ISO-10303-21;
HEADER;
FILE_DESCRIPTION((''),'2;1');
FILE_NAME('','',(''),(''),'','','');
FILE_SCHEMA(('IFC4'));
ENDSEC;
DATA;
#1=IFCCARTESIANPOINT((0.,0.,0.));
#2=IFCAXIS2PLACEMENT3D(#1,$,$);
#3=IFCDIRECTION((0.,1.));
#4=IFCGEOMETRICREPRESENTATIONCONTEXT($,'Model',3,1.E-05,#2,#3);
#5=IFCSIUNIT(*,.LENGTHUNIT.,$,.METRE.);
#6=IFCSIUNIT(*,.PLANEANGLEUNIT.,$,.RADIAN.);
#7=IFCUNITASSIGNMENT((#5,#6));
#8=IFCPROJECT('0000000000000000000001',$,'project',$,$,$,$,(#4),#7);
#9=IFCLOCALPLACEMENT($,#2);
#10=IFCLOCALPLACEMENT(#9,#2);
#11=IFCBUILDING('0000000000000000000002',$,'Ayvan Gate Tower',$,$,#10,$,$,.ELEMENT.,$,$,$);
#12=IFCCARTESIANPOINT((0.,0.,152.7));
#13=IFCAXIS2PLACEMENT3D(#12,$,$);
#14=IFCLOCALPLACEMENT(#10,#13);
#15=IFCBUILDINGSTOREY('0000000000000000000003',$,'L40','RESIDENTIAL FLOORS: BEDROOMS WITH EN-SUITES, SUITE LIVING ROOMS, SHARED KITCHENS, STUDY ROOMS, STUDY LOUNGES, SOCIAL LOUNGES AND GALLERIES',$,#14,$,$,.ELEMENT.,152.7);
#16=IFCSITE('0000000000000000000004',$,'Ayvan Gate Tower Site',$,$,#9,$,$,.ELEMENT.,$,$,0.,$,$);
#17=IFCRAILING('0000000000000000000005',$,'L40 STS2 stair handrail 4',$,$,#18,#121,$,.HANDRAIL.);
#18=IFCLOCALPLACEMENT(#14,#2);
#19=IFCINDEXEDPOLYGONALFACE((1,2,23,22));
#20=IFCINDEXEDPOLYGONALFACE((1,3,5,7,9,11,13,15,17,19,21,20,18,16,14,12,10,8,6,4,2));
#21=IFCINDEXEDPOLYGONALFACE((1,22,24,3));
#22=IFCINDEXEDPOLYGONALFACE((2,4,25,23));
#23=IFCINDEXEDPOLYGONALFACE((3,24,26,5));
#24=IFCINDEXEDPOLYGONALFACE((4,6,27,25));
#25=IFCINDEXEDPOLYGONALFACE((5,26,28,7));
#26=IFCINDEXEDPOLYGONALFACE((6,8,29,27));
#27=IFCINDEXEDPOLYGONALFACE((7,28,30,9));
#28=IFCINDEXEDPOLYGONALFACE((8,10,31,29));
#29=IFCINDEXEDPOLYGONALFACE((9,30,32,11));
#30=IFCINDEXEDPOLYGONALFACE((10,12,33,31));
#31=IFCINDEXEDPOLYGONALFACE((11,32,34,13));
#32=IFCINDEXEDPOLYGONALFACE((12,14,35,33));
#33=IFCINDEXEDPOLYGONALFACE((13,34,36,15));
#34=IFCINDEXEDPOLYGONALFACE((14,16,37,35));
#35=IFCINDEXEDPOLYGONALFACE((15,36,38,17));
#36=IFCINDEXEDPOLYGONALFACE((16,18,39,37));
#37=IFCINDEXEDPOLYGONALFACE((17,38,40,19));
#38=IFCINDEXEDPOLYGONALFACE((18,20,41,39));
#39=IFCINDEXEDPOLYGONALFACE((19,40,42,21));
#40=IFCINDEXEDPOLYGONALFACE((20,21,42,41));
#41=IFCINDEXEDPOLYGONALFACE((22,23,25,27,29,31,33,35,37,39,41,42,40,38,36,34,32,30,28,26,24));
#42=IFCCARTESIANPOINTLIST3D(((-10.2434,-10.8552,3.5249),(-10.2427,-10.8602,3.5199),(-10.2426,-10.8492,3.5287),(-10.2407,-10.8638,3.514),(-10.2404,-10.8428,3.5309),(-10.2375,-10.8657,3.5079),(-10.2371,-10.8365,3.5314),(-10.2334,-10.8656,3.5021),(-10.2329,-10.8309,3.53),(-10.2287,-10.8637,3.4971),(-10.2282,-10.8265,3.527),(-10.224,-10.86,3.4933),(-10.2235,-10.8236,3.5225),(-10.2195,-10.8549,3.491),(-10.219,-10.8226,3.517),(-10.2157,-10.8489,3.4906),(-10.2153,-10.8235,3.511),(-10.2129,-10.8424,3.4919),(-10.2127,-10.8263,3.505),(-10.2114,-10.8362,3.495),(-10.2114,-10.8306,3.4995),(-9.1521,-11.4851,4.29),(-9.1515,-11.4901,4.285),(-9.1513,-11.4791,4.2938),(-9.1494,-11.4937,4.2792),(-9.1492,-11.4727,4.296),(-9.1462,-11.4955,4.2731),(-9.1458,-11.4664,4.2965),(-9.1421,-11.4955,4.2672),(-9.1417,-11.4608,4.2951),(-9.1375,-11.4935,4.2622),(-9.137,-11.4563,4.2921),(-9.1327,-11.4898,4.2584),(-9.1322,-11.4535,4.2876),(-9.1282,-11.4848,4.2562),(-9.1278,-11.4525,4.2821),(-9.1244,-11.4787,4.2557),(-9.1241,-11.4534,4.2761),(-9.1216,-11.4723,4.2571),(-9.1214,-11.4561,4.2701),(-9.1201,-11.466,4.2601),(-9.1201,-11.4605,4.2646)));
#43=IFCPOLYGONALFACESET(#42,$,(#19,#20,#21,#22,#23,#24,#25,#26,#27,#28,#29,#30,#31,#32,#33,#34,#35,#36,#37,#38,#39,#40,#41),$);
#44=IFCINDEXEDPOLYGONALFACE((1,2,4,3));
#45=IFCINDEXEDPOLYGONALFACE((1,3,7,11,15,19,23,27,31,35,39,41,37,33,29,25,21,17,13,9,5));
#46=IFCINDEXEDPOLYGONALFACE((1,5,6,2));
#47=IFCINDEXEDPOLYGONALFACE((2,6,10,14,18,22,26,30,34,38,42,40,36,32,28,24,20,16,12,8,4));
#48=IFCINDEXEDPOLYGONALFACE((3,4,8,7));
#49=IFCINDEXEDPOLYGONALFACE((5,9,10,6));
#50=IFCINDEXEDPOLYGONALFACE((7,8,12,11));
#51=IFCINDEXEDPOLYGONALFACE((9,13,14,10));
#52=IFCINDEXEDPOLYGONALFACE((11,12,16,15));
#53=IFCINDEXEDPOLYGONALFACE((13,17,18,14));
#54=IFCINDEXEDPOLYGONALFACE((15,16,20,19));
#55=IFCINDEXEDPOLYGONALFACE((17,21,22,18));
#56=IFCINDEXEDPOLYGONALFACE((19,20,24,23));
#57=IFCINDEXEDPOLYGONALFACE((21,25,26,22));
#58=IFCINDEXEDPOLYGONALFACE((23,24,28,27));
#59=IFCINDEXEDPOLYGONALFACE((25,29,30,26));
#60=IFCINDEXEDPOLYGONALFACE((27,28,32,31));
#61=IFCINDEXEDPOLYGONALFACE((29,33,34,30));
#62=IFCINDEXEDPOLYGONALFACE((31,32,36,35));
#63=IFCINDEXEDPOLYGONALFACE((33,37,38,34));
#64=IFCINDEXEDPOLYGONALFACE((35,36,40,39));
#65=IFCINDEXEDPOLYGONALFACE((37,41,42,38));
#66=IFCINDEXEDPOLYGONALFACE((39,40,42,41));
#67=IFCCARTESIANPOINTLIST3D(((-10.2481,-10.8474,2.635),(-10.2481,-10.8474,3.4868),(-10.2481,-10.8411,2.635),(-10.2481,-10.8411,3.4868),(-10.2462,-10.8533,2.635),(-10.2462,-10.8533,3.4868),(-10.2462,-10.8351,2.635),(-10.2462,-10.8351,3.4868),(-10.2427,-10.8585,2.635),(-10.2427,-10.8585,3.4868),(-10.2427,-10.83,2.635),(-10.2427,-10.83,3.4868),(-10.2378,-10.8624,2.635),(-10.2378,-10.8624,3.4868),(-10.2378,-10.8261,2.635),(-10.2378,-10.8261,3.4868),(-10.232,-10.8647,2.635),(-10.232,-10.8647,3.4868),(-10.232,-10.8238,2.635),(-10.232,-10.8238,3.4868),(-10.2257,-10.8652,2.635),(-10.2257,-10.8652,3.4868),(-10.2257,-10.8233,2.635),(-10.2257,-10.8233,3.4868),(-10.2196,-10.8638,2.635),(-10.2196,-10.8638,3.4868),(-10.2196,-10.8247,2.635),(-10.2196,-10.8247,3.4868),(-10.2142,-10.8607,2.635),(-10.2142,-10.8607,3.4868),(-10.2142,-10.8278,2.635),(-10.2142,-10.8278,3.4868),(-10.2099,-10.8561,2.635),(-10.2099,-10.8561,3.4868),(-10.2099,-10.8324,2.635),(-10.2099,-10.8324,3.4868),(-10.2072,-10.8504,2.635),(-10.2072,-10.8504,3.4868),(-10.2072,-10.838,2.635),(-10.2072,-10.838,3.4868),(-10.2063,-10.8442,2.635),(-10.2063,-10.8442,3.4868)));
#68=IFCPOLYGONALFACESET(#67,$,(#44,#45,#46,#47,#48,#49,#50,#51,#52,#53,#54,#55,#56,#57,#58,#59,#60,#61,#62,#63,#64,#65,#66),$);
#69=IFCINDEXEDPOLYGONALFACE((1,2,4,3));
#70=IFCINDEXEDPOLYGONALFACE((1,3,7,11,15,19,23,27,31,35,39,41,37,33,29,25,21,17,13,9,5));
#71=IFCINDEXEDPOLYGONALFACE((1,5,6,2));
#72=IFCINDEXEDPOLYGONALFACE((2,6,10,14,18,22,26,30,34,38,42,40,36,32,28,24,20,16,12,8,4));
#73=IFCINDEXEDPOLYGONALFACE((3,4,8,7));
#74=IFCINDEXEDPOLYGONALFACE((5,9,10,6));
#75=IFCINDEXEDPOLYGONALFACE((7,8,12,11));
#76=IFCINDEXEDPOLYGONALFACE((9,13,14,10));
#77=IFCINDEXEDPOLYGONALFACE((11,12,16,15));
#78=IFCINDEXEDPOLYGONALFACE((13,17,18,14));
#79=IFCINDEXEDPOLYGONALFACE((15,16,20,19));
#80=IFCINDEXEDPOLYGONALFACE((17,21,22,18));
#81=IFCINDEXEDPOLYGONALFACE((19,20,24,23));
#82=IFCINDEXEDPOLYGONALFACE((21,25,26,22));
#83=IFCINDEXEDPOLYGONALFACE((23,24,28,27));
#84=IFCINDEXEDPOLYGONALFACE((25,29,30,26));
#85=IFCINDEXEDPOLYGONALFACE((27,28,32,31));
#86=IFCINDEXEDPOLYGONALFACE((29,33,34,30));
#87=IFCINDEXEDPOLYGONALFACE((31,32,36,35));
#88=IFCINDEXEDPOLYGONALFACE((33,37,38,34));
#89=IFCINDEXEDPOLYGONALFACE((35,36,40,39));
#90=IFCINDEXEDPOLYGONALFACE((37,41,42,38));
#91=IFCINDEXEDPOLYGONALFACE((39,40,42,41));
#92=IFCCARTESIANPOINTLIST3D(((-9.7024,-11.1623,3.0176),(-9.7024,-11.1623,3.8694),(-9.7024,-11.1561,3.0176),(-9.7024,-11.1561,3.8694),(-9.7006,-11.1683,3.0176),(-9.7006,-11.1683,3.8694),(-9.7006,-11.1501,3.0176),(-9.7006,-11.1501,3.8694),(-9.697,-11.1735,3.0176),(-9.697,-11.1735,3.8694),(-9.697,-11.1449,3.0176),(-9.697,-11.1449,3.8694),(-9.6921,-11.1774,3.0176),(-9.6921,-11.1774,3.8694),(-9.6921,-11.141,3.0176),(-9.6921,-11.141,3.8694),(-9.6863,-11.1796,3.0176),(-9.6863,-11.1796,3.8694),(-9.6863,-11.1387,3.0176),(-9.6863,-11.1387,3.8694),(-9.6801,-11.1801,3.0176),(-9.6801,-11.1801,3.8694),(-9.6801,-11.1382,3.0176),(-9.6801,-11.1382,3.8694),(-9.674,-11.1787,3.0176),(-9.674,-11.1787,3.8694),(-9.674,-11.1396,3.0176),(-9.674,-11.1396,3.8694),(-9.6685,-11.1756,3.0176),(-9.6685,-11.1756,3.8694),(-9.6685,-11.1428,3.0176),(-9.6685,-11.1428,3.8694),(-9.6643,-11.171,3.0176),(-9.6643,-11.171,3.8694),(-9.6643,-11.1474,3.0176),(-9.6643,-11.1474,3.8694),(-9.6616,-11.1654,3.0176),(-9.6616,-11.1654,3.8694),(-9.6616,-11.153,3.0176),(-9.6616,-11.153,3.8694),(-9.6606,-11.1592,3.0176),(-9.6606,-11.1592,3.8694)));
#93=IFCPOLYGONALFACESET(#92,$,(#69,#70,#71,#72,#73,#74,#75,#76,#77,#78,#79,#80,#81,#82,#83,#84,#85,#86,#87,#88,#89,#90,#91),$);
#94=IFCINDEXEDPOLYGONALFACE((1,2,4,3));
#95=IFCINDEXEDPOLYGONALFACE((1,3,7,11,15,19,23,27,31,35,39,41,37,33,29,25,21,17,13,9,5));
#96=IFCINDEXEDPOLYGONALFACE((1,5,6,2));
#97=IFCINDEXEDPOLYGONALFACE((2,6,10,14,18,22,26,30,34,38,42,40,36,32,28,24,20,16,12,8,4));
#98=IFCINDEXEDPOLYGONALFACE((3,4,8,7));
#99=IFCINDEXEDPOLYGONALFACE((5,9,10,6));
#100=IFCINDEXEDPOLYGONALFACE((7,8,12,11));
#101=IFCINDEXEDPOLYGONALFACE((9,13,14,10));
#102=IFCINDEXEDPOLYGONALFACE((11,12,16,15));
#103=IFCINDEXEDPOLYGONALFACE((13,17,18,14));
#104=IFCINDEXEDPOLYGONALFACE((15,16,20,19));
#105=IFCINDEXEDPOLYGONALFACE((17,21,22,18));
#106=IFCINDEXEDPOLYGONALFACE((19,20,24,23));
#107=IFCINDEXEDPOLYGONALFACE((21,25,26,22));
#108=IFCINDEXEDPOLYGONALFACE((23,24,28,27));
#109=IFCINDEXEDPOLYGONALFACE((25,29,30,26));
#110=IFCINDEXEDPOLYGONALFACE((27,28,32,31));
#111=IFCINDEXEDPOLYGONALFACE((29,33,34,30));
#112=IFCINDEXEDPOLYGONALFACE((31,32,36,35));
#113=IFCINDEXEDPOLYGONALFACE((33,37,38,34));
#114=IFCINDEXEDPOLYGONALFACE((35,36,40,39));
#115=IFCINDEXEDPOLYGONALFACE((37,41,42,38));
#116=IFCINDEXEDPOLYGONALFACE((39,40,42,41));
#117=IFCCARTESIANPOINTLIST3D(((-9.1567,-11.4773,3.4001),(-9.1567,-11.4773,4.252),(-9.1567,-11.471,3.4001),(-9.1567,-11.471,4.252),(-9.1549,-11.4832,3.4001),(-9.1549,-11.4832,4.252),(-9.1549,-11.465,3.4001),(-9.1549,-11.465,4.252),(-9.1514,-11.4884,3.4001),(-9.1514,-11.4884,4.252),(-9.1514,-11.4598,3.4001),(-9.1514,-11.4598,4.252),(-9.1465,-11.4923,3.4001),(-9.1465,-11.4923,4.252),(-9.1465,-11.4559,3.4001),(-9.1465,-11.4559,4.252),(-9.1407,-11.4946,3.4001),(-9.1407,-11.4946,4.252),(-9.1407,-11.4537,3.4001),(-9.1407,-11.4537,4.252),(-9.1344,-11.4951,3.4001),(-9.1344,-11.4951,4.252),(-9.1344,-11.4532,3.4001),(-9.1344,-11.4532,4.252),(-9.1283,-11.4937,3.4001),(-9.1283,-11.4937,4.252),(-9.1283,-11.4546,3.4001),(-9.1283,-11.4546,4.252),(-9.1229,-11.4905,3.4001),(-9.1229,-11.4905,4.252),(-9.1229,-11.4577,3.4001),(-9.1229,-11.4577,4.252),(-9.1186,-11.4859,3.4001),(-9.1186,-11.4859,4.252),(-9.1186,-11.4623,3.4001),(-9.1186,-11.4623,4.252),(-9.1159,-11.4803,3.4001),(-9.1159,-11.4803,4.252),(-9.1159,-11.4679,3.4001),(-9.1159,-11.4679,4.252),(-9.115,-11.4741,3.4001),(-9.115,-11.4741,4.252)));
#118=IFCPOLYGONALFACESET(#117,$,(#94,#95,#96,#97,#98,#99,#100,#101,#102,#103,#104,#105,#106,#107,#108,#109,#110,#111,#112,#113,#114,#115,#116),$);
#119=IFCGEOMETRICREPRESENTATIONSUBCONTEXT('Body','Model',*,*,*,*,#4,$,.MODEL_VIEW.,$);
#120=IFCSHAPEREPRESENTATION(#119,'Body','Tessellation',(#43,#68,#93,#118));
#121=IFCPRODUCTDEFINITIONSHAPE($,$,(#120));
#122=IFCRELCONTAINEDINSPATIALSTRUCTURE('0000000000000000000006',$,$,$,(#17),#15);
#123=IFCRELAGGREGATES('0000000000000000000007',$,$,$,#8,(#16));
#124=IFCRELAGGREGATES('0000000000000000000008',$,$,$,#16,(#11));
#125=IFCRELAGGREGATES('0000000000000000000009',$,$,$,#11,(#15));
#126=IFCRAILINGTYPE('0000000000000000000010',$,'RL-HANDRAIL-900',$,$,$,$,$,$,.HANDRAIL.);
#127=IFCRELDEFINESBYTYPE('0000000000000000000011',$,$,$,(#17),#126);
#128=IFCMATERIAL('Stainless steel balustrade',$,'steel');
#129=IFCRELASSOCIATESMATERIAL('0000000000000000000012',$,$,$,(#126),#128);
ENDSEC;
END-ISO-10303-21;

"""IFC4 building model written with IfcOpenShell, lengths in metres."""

from ifc_helpers import new_model, si_unit, direction, frame, origin, origin_2d, place, context, subcontext, project, spatial, circle, extrude, material, type_object, element, save


model = new_model("IFC4")

# Units and contexts
model_context = context("Model", 3, precision=1e-05, world=origin(), true_north=direction((0.0, 1.0)))
body_context = subcontext(model_context, "Body", "Model", "MODEL_VIEW")
ifc_project = project(units=[si_unit("LENGTHUNIT", "METRE"), si_unit("PLANEANGLEUNIT", "RADIAN")], contexts=[model_context])

# Site, building, storey
site_placement = place(None, origin())
site = spatial("IfcSite", under=ifc_project, at=site_placement, Name="Ayvan Gate Tower Site", CompositionType="ELEMENT", RefElevation=0.0)
building_placement = place(site_placement, origin())
building = spatial("IfcBuilding", under=site, at=building_placement, Name="Ayvan Gate Tower", CompositionType="ELEMENT")
storey_placement = place(building_placement, frame((0.0, 0.0, 152.7)))
storey = spatial("IfcBuildingStorey", under=building, at=storey_placement, Name="L40", Description="RESIDENTIAL FLOORS: BEDROOMS WITH EN-SUITES, SUITE LIVING ROOMS, SHARED KITCHENS, STUDY ROOMS, STUDY LOUNGES, SOCIAL LOUNGES AND GALLERIES", CompositionType="ELEMENT", Elevation=152.7)

# Railing
ifc_material_1 = material(Name="Stainless steel balustrade", Category="steel")
railing_type_1 = type_object("IfcRailingType", Name="RL-HANDRAIL-900", PredefinedType="HANDRAIL", material=ifc_material_1)
railing_1_placement = place(storey_placement, frame((-10.2273, -10.8442, 2.635)))
element("IfcRailing", 1, at=railing_1_placement, inside=storey, type_object=railing_type_1, Name="L40 STS2 stair handrail 4", PredefinedType="HANDRAIL", context=body_context, shape_type="SweptSolid", body=[
    extrude(circle(Radius=0.0239, at=origin_2d()), frame((0.0, 0.0, 0.876), z_axis=(0.740293, -0.427283, 0.519033), x_axis=(0.49989, 0.866089, 0.0)), (0.0, 0.0, 1.0), 1.4741),
    extrude(circle(Radius=0.021, at=origin_2d()), origin(), (0.0, 0.0, 1.0), 0.8518),
    extrude(circle(Radius=0.021, at=origin_2d()), frame((0.5457, -0.3149, 0.3826)), (0.0, 0.0, 1.0), 0.8518),
    extrude(circle(Radius=0.021, at=origin_2d()), frame((1.0913, -0.6299, 0.7651)), (0.0, 0.0, 1.0), 0.8518),
])

save(model, "model.ifc")
